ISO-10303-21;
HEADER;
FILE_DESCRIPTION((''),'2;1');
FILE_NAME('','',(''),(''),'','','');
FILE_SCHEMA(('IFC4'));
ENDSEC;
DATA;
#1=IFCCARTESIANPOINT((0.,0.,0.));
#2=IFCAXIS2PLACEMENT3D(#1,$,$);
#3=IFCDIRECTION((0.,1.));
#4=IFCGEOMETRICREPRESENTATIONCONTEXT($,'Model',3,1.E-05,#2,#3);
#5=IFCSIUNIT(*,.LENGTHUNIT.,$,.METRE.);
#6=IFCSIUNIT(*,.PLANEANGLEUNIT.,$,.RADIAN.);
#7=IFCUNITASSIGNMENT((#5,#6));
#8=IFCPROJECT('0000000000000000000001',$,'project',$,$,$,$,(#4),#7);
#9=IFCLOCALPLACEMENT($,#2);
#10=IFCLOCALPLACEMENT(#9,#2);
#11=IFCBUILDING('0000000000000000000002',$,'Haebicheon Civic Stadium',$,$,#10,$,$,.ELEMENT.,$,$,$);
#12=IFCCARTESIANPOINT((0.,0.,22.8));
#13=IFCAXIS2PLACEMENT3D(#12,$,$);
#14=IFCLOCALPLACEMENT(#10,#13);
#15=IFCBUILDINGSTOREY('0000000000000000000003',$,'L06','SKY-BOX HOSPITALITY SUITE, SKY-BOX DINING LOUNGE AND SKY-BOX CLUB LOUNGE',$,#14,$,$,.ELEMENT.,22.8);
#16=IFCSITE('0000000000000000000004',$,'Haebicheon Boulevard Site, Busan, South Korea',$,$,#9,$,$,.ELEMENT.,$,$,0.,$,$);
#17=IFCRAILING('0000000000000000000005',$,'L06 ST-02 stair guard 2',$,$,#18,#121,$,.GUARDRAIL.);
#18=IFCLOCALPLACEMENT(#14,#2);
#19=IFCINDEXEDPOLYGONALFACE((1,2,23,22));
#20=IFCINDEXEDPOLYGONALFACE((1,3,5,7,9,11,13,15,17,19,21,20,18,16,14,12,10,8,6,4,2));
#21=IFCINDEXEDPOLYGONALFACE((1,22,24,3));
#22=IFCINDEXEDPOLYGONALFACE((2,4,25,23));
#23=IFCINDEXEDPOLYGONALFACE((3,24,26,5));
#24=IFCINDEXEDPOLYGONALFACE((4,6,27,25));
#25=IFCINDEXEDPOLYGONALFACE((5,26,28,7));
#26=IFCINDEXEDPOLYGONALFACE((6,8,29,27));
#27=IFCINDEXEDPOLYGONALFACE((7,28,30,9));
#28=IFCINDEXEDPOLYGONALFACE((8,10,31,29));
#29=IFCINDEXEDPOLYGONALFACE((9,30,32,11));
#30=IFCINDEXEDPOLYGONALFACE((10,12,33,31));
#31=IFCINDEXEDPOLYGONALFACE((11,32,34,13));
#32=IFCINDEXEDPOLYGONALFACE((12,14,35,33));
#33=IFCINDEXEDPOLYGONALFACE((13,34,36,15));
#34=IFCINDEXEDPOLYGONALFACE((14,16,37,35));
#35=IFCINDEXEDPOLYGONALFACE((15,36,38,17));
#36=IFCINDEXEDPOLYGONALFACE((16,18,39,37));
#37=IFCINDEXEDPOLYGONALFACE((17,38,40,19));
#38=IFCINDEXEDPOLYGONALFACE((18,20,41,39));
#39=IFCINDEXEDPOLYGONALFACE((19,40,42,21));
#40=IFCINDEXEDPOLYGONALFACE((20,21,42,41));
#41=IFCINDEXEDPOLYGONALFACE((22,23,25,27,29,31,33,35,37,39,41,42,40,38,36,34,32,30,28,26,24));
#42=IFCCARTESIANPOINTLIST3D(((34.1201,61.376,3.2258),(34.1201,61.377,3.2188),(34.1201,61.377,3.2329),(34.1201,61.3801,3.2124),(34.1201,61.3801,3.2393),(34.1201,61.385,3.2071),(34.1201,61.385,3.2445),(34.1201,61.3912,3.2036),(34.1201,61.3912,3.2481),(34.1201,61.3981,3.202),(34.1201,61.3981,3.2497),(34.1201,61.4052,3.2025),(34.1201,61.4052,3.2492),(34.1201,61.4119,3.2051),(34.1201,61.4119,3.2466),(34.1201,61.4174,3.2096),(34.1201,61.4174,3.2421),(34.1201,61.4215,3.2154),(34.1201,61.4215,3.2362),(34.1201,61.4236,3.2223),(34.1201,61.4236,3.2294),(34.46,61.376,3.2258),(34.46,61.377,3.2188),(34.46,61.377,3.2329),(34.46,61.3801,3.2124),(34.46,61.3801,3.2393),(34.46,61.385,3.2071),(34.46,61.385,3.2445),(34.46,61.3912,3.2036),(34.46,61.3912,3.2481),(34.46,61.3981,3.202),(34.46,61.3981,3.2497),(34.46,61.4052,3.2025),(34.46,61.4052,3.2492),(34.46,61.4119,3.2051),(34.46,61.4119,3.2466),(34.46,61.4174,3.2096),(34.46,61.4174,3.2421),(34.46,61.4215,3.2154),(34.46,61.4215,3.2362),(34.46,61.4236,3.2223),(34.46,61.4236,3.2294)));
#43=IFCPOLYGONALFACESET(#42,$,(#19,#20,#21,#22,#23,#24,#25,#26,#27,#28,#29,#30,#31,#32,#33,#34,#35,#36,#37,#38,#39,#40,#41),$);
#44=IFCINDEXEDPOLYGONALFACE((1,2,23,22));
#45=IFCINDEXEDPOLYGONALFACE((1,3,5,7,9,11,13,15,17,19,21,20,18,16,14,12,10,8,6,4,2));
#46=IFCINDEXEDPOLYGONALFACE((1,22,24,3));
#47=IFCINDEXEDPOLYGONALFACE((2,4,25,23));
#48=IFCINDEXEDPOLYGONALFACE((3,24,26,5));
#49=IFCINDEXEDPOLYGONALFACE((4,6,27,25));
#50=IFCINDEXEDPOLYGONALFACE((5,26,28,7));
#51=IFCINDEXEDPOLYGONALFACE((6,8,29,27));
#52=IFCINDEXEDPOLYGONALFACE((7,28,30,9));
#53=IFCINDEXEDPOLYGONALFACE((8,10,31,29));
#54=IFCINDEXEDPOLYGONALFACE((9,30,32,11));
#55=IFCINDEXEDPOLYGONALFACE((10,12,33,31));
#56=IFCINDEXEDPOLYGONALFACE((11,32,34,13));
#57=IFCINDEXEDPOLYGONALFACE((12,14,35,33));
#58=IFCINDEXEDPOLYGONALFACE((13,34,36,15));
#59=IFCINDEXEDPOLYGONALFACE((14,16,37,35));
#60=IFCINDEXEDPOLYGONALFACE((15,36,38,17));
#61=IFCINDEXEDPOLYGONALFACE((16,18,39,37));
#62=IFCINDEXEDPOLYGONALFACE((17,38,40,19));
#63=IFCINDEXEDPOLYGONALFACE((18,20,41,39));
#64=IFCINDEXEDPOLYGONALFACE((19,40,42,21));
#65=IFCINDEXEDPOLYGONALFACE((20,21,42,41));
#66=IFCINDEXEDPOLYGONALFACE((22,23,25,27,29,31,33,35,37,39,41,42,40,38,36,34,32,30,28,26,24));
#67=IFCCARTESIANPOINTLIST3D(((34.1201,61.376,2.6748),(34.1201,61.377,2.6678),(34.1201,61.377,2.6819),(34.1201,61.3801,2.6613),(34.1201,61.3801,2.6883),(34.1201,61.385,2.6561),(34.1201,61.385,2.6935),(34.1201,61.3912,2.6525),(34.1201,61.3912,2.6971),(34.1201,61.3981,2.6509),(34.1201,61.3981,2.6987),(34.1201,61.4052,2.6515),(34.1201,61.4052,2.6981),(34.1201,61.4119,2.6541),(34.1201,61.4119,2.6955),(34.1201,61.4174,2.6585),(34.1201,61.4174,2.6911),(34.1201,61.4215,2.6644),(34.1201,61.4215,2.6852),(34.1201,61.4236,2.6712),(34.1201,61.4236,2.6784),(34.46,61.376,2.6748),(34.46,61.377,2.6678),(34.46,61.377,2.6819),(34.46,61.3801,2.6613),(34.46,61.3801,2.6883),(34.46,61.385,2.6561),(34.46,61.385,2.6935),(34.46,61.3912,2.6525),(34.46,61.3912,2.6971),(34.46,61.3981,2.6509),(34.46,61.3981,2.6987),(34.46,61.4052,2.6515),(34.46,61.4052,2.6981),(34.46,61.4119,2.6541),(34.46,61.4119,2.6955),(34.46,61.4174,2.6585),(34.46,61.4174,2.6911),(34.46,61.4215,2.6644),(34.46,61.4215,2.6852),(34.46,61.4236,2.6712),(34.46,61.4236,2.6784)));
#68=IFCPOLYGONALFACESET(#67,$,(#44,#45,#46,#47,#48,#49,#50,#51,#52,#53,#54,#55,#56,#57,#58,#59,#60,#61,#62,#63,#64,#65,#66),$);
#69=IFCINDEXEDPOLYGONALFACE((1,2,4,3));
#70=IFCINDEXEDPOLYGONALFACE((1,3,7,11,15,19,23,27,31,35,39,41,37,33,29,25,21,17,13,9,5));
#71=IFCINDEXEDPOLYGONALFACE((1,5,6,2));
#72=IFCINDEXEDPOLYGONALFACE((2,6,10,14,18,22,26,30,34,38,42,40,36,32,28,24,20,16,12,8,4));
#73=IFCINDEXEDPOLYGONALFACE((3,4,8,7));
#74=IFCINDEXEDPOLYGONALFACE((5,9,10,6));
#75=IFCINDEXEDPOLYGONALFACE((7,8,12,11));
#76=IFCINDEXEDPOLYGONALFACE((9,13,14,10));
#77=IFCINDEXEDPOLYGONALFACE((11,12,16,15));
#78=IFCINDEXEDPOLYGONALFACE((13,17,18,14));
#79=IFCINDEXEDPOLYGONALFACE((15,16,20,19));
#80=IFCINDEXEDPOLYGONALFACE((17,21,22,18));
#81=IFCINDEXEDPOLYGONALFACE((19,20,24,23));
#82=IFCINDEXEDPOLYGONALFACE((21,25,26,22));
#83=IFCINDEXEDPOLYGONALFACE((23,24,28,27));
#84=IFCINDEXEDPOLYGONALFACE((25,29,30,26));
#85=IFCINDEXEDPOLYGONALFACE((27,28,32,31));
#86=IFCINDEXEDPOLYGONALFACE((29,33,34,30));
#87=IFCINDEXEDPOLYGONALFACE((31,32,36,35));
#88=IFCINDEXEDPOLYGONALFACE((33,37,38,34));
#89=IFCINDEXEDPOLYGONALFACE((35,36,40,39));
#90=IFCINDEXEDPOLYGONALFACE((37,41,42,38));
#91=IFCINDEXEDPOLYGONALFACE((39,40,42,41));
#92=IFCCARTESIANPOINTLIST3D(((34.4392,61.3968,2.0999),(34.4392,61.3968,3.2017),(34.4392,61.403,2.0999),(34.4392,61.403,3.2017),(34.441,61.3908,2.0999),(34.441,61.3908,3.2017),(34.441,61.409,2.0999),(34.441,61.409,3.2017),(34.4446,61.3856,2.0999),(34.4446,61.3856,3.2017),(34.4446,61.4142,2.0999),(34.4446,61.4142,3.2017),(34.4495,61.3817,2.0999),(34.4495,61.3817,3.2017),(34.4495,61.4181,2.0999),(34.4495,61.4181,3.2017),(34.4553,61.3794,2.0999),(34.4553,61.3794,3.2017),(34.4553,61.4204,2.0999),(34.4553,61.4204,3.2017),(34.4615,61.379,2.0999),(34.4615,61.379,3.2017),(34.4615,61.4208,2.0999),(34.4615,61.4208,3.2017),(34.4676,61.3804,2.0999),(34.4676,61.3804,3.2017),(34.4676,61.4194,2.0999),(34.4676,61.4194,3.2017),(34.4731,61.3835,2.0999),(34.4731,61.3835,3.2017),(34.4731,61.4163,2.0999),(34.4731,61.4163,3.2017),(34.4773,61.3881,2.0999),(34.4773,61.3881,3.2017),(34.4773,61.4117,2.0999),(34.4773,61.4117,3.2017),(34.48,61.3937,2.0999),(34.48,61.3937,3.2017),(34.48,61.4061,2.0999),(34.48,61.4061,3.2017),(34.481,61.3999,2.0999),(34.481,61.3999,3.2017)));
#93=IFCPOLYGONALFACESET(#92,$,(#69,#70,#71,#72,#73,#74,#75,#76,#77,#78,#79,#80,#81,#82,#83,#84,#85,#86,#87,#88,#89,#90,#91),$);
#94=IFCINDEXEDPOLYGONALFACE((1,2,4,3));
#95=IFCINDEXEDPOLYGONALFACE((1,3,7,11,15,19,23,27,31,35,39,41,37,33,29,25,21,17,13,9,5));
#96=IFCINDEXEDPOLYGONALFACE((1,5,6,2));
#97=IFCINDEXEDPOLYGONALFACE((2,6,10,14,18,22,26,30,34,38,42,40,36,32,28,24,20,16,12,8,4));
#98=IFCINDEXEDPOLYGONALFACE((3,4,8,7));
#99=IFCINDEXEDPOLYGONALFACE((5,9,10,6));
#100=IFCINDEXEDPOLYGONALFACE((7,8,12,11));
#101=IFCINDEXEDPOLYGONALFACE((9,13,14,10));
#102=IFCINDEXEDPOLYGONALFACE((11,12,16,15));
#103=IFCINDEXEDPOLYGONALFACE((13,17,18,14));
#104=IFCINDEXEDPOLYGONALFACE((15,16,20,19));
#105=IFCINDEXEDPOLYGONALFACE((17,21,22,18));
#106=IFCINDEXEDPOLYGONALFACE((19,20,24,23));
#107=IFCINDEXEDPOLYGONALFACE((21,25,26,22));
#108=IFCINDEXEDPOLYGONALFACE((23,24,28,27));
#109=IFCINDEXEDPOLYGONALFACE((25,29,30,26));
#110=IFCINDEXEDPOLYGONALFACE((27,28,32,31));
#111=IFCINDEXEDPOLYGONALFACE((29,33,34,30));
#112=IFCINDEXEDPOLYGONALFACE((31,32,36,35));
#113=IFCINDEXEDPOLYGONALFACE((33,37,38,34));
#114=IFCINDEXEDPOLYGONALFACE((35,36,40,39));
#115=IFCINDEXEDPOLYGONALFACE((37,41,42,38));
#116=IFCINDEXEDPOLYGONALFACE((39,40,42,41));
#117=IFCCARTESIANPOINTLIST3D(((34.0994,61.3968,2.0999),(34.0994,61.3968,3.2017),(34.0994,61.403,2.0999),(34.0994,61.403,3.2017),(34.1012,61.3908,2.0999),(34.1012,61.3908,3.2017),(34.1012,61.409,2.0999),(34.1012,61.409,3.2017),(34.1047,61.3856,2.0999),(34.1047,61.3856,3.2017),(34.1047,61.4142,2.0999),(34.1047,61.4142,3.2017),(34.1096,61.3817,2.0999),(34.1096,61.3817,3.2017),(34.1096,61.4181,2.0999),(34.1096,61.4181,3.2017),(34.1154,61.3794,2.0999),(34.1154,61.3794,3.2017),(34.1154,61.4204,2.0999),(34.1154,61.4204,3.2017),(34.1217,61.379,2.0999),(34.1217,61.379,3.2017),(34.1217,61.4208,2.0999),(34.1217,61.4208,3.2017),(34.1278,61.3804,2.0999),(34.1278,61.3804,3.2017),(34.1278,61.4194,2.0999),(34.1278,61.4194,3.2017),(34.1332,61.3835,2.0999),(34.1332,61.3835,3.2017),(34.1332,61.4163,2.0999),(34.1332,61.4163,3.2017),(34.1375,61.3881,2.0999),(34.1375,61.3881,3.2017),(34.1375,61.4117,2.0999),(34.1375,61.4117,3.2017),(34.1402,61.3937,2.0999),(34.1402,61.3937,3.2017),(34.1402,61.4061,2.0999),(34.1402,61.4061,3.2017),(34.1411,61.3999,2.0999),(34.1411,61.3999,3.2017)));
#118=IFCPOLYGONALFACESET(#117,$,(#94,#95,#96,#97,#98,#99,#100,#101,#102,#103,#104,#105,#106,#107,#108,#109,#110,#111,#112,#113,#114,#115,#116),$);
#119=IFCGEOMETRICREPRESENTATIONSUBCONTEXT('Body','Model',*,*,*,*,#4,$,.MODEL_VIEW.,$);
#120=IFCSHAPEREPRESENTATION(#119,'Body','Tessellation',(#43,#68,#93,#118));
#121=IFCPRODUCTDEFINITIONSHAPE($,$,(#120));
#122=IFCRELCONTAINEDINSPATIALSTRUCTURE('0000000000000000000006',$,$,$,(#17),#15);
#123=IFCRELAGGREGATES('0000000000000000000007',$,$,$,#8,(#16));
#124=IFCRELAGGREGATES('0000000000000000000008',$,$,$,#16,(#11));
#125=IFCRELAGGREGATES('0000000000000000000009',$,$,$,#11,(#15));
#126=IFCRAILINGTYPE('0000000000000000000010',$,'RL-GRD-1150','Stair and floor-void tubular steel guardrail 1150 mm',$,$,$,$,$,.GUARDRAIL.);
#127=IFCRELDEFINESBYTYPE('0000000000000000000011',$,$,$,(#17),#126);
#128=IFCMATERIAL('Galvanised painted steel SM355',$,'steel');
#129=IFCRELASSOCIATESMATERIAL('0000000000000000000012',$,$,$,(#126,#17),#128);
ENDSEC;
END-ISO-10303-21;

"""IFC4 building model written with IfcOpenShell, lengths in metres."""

from ifc_helpers import new_model, si_unit, direction, frame, origin, origin_2d, place, context, subcontext, project, spatial, circle, extrude, material, type_object, element, save


model = new_model("IFC4")

# Units and contexts
model_context = context("Model", 3, precision=1e-05, world=origin(), true_north=direction((0.0, 1.0)))
body_context = subcontext(model_context, "Body", "Model", "MODEL_VIEW")
ifc_project = project(units=[si_unit("LENGTHUNIT", "METRE"), si_unit("PLANEANGLEUNIT", "RADIAN")], contexts=[model_context])

# Site, building, storey
site_placement = place(None, origin())
site = spatial("IfcSite", under=ifc_project, at=site_placement, Name="Haebicheon Boulevard Site, Busan, South Korea", CompositionType="ELEMENT", RefElevation=0.0)
building_placement = place(site_placement, origin())
building = spatial("IfcBuilding", under=site, at=building_placement, Name="Haebicheon Civic Stadium", CompositionType="ELEMENT")
storey_placement = place(building_placement, frame((0.0, 0.0, 22.8)))
storey = spatial("IfcBuildingStorey", under=building, at=storey_placement, Name="L06", Description="SKY-BOX HOSPITALITY SUITE, SKY-BOX DINING LOUNGE AND SKY-BOX CLUB LOUNGE", CompositionType="ELEMENT", Elevation=22.8)

# Railing
ifc_material_1 = material(Name="Galvanised painted steel SM355", Category="steel")
railing_type_1 = type_object("IfcRailingType", Name="RL-GRD-1150", Description="Stair and floor-void tubular steel guardrail 1150 mm", PredefinedType="GUARDRAIL", material=ifc_material_1)
railing_1_placement = place(storey_placement, frame((34.46, 61.3999, 2.0999)))
element("IfcRailing", 1, at=railing_1_placement, inside=storey, type_object=railing_type_1, material=ifc_material_1, Name="L06 ST-02 stair guard 2", PredefinedType="GUARDRAIL", context=body_context, shape_type="SweptSolid", body=[
    extrude(circle(Radius=0.0239, at=origin_2d()), frame((0.0, 0.0, 1.126), z_axis=(-1.0, 0.0, 0.0), x_axis=(0.0, -1.0, 0.0)), (0.0, 0.0, 1.0), 0.3398),
    extrude(circle(Radius=0.0239, at=origin_2d()), frame((0.0, 0.0, 0.575), z_axis=(-1.0, 0.0, 0.0), x_axis=(0.0, -1.0, 0.0)), (0.0, 0.0, 1.0), 0.3398),
    extrude(circle(Radius=0.021, at=origin_2d()), origin(), (0.0, 0.0, 1.0), 1.1018),
    extrude(circle(Radius=0.021, at=origin_2d()), frame((-0.3398, 0.0, 0.0)), (0.0, 0.0, 1.0), 1.1018),
])

save(model, "model.ifc")
